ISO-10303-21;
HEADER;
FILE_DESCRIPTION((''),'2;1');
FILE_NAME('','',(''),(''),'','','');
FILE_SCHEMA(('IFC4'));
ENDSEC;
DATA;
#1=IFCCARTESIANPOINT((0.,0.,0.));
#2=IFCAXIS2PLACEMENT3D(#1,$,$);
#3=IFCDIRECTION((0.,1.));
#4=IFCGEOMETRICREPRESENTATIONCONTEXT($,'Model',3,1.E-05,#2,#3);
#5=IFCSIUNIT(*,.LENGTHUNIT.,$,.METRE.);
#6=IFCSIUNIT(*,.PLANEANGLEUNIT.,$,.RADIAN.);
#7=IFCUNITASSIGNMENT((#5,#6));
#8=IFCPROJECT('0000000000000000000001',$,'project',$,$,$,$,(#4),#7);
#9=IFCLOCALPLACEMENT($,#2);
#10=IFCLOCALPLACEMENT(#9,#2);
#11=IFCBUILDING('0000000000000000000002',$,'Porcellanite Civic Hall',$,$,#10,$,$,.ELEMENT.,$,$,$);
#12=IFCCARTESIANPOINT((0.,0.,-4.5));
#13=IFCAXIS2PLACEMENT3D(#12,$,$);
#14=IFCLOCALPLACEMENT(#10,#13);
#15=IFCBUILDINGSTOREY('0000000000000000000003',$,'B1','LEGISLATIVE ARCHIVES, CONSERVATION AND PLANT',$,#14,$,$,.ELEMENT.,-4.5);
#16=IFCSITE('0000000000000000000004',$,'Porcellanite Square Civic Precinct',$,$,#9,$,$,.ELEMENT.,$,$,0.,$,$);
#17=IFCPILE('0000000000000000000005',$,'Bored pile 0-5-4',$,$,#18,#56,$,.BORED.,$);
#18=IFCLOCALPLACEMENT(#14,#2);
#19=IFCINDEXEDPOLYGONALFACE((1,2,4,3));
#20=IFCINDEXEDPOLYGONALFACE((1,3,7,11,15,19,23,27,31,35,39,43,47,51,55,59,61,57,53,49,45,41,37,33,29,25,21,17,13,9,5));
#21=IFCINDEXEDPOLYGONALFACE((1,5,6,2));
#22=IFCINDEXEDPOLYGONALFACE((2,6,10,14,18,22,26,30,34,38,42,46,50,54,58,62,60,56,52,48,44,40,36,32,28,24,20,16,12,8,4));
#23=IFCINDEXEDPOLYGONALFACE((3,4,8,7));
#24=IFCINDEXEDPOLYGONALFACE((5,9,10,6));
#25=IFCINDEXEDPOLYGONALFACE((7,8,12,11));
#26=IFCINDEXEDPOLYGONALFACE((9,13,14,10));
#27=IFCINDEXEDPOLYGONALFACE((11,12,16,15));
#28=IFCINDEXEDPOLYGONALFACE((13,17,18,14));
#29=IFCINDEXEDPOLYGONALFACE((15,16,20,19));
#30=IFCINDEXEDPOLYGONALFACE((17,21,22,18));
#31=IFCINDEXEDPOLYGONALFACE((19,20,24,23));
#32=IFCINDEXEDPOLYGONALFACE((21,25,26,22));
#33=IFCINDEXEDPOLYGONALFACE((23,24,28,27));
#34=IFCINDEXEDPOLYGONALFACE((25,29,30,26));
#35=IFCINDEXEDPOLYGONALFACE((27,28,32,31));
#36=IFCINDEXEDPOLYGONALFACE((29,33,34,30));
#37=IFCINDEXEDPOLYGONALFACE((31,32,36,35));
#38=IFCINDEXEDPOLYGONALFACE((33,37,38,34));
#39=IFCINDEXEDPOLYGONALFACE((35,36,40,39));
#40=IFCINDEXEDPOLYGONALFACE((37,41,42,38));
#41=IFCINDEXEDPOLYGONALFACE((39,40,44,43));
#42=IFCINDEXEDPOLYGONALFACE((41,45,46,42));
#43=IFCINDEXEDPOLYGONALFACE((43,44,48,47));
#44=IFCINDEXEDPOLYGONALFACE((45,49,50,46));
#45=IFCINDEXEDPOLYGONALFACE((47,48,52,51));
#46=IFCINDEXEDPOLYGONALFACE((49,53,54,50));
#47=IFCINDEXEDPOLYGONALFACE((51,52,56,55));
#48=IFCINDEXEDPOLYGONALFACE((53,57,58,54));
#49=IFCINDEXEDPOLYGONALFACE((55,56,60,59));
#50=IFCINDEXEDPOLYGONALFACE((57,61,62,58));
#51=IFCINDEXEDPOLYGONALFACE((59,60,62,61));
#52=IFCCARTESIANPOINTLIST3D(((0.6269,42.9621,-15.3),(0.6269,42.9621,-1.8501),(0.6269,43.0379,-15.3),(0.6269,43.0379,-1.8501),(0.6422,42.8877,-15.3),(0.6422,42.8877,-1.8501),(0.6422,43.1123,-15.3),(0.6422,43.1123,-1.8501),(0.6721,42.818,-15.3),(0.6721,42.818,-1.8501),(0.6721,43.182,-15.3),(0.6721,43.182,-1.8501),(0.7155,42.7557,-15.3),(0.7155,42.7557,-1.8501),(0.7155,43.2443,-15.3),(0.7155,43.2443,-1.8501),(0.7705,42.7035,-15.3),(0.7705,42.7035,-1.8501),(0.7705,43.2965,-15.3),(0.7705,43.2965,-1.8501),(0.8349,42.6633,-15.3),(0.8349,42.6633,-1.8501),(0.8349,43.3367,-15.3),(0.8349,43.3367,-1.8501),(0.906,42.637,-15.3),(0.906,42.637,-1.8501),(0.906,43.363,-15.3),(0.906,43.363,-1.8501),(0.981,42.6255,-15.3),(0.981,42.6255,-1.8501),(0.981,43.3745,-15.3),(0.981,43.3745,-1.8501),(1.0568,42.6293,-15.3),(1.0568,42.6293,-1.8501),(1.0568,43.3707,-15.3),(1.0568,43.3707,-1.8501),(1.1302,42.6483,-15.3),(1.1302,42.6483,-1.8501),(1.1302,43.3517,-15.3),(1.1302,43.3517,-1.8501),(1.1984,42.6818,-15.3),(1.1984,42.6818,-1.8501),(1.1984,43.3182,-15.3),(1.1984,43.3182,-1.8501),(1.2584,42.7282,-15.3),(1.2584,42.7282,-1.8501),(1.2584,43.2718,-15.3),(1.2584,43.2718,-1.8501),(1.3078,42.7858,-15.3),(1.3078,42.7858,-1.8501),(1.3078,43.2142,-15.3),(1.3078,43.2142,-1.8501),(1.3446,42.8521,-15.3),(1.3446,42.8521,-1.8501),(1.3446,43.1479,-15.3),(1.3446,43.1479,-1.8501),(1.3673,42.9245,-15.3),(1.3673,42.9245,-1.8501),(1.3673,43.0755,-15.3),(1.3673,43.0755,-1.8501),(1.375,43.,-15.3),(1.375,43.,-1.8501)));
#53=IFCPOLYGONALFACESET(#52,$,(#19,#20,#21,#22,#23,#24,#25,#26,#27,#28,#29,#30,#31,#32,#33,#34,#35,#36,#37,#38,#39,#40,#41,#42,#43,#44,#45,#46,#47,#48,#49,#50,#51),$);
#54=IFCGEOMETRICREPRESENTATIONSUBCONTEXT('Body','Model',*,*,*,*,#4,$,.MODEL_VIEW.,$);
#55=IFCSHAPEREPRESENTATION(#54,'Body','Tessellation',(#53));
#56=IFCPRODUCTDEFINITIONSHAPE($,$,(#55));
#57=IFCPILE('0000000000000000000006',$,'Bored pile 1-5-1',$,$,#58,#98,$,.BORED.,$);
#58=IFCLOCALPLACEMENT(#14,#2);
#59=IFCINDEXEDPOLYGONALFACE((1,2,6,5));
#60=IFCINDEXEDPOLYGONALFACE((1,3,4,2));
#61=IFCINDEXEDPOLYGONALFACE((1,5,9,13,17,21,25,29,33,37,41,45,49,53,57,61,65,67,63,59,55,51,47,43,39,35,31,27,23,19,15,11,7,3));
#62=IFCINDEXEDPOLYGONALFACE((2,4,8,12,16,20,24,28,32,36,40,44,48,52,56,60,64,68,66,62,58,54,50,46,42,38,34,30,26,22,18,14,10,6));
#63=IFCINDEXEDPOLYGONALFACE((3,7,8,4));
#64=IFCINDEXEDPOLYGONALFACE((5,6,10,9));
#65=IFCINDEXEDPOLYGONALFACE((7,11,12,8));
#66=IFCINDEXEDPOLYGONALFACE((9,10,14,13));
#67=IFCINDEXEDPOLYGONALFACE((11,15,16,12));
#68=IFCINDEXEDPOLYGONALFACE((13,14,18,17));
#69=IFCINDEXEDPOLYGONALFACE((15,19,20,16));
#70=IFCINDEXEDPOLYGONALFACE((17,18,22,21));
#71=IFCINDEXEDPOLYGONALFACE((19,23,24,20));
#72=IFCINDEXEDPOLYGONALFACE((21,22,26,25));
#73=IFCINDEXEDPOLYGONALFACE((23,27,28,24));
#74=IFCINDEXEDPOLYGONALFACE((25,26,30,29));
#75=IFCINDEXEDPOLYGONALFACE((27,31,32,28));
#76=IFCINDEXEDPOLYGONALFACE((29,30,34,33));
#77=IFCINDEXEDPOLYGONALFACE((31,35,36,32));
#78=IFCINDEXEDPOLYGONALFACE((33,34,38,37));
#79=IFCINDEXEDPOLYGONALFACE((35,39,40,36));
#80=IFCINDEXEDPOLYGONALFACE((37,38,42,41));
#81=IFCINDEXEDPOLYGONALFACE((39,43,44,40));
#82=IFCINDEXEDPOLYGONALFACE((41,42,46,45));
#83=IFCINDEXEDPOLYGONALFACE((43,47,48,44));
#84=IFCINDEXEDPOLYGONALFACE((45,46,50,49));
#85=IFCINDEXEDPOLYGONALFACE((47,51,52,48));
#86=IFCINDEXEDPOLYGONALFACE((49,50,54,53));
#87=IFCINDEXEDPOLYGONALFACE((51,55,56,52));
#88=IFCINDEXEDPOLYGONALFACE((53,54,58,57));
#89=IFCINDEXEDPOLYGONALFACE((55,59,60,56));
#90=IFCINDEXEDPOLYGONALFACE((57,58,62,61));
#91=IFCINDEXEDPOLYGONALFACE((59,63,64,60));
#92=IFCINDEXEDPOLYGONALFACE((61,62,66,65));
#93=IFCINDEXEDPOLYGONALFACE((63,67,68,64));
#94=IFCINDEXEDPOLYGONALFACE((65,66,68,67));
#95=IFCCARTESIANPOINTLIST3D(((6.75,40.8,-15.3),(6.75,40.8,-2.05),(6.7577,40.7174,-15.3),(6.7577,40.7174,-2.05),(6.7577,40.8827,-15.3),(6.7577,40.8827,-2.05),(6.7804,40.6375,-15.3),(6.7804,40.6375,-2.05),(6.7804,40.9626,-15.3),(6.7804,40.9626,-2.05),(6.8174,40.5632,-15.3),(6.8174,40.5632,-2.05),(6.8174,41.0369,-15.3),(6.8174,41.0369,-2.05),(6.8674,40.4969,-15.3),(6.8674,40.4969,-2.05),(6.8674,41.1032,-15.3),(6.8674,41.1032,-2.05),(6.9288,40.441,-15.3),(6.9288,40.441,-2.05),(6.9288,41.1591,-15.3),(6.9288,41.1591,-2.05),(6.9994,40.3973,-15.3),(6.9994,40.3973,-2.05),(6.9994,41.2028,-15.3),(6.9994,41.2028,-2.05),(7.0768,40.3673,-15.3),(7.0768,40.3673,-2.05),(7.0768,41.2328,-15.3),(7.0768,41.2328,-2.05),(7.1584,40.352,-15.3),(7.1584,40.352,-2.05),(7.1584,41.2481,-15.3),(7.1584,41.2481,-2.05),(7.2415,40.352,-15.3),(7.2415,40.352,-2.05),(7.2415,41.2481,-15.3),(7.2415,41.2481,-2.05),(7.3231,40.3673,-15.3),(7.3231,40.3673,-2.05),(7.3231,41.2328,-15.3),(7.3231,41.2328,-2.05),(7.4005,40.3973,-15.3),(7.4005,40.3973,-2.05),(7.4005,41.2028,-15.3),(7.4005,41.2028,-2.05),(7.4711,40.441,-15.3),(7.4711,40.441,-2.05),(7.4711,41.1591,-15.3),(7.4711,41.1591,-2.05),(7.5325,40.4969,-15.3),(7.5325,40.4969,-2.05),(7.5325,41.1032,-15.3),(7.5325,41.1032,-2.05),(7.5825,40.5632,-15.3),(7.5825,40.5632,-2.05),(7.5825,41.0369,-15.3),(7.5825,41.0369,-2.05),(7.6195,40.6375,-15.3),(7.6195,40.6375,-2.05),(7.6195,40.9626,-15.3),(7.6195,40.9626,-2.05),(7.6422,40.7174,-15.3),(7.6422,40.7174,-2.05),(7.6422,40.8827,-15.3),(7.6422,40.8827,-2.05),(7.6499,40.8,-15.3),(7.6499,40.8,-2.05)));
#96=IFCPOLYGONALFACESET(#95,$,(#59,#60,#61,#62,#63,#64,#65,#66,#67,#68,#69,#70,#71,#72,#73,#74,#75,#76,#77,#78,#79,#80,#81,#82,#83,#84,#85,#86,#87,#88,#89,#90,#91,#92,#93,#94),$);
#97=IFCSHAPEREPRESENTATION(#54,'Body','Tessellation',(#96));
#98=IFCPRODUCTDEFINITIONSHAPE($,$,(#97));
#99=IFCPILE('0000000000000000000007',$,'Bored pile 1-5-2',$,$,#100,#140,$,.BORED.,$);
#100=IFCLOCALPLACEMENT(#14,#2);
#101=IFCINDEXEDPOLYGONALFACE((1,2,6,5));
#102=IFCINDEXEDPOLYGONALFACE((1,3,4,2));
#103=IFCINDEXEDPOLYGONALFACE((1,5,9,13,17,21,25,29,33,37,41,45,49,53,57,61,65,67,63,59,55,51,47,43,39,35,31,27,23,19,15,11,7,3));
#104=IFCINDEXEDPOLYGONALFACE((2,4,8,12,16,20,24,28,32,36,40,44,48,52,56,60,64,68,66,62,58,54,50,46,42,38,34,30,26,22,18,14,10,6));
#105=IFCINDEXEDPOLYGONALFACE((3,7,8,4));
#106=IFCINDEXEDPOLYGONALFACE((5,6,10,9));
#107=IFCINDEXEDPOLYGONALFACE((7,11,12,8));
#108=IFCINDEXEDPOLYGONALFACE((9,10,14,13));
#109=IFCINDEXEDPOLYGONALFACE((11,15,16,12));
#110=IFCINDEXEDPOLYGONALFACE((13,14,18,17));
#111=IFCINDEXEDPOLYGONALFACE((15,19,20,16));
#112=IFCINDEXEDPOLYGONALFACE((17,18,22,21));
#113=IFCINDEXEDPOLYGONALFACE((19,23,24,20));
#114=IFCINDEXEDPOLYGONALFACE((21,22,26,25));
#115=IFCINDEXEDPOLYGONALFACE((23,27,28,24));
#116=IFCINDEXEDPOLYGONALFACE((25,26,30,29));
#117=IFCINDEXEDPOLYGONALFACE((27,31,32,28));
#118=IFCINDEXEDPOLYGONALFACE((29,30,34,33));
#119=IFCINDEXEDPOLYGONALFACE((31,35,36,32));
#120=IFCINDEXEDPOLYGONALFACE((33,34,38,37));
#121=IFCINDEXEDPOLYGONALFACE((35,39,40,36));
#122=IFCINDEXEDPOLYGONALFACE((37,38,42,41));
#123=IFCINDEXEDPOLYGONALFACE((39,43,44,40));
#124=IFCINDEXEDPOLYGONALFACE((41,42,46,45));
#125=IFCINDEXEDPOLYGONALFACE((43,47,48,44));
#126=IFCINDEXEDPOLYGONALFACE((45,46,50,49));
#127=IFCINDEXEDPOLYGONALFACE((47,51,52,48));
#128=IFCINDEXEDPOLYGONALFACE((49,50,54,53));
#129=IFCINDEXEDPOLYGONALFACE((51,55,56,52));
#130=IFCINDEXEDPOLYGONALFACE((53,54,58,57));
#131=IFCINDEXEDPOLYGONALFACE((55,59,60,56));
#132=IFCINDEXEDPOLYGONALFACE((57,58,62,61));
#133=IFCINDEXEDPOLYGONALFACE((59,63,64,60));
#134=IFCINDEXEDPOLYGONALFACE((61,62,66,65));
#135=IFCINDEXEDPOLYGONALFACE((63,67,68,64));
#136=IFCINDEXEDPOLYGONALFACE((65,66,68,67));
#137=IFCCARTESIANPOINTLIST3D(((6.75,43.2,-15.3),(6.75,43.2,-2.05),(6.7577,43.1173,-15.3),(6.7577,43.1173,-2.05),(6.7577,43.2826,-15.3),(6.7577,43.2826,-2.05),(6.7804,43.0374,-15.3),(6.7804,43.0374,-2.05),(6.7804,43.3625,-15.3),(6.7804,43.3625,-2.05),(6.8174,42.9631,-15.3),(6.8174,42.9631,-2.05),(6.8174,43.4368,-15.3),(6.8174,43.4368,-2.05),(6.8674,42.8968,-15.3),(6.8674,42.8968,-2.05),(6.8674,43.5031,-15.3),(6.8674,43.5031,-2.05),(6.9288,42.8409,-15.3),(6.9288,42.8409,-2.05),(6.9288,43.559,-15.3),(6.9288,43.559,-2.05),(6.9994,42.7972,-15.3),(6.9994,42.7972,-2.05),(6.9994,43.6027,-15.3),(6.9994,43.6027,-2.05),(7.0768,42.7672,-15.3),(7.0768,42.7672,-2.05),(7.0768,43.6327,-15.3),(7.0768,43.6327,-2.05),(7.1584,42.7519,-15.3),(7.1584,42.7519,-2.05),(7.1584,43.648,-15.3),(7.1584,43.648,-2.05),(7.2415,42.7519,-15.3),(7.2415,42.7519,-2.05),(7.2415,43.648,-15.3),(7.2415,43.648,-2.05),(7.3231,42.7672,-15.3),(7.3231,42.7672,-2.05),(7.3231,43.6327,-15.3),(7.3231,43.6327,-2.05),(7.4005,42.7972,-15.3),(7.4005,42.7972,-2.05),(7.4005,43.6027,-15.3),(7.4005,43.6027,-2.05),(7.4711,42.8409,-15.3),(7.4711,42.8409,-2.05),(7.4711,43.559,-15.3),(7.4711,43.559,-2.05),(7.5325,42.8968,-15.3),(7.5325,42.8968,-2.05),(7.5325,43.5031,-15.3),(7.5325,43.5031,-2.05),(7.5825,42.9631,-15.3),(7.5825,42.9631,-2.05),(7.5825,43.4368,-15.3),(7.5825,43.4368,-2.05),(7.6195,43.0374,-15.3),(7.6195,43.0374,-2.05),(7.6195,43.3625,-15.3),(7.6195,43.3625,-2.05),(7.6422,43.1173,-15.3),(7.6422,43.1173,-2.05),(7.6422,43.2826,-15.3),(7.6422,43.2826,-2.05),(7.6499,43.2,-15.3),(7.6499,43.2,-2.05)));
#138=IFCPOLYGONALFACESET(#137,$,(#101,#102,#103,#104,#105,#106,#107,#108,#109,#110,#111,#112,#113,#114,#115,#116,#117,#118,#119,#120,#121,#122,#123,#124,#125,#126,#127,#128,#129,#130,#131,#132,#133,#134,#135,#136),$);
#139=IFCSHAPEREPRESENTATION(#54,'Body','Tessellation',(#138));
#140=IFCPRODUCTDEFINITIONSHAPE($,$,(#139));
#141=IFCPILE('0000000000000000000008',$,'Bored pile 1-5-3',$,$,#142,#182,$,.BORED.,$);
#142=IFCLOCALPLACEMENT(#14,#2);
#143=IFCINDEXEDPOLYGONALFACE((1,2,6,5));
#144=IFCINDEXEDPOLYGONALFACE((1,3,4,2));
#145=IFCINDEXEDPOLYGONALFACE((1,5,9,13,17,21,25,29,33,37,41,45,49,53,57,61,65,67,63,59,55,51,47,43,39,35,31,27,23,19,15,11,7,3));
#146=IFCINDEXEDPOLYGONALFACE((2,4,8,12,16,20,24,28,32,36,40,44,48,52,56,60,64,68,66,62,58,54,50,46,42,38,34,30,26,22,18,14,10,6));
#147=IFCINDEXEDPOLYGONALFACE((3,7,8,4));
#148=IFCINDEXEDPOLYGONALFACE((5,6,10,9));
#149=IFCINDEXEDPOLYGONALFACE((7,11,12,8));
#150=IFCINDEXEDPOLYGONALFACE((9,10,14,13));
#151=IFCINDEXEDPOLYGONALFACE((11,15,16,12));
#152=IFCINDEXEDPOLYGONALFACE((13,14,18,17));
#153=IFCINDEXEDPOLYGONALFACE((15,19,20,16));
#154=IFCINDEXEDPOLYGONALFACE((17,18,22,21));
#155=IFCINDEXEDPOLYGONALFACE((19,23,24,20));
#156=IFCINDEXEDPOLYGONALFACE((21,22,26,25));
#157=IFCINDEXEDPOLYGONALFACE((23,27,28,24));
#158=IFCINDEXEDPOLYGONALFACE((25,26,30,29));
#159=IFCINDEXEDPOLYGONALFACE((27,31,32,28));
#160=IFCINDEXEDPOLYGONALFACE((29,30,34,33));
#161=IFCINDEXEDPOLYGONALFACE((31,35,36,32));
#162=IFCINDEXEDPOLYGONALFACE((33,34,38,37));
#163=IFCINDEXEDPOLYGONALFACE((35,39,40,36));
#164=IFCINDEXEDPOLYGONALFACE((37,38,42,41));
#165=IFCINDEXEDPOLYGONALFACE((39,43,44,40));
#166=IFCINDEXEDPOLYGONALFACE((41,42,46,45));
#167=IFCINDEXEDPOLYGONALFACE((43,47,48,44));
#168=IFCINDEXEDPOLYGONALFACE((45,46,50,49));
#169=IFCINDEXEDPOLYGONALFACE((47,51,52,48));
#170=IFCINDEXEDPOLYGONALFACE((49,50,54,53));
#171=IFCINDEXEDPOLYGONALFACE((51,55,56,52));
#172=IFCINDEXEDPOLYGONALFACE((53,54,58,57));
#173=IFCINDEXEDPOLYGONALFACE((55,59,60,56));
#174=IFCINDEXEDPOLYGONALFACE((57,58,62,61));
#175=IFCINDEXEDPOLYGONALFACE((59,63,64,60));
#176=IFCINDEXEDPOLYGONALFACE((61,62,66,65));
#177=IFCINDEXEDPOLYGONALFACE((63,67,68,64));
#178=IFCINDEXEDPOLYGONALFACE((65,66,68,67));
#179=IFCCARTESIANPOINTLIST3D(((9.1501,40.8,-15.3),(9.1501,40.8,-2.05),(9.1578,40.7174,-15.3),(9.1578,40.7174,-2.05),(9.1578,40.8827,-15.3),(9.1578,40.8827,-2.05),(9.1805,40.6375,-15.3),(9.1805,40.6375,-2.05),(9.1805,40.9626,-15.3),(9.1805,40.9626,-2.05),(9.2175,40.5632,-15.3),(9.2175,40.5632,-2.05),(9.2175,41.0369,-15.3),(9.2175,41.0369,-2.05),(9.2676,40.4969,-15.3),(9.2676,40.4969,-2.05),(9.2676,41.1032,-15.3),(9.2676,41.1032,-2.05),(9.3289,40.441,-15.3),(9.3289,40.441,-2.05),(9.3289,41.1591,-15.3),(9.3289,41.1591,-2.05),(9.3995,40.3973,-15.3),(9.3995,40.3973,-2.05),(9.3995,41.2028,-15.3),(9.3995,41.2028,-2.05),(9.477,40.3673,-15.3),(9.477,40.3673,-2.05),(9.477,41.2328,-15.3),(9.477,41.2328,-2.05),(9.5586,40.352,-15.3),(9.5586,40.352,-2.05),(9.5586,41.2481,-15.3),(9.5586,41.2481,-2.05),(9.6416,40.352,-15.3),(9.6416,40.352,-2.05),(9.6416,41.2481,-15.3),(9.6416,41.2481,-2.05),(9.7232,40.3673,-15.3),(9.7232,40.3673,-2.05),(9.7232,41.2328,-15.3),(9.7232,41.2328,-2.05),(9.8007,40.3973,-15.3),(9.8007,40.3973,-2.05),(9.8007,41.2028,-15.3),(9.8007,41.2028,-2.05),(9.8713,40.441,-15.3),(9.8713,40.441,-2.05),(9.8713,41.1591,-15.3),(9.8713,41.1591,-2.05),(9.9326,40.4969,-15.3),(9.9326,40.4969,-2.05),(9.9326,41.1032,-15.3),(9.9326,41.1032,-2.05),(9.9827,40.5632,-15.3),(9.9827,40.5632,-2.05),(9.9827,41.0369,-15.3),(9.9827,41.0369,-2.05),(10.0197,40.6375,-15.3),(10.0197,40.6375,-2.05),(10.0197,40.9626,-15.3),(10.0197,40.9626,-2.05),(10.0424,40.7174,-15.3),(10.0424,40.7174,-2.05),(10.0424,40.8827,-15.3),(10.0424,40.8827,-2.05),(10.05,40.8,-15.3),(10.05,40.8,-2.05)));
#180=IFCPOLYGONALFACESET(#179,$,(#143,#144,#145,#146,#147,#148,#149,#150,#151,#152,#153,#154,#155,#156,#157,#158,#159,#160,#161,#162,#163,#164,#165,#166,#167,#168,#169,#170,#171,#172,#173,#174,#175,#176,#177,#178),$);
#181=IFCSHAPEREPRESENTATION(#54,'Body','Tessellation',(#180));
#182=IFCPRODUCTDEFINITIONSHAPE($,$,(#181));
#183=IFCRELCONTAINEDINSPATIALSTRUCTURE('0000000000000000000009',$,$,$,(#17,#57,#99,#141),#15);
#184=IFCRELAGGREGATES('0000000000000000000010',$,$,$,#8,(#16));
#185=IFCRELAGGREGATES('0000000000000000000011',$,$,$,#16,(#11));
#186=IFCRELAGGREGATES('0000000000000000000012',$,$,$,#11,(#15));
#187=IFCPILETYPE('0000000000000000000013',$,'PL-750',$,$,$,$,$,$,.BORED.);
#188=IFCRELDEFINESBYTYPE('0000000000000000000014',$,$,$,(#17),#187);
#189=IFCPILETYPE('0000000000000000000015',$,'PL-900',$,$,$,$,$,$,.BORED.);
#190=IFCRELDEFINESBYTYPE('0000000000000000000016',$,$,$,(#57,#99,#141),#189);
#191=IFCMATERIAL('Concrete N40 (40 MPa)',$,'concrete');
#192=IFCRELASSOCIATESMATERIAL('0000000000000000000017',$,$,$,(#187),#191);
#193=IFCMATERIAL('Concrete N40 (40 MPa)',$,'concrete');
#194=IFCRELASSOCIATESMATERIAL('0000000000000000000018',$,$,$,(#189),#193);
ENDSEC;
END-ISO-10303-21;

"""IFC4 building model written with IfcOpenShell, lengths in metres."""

from ifc_helpers import new_model, si_unit, direction, frame, origin, origin_2d, place, context, subcontext, project, spatial, circle, extrude, material, material_profile, profile_set, type_object, element, save


model = new_model("IFC4")

# Units and contexts
model_context = context("Model", 3, precision=1e-05, world=origin(), true_north=direction((0.0, 1.0)))
body_context = subcontext(model_context, "Body", "Model", "MODEL_VIEW")
ifc_project = project(units=[si_unit("LENGTHUNIT", "METRE"), si_unit("PLANEANGLEUNIT", "RADIAN")], contexts=[model_context])

# Site, building, storey
site_placement = place(None, origin())
site = spatial("IfcSite", under=ifc_project, at=site_placement, Name="Porcellanite Square Civic Precinct", CompositionType="ELEMENT", RefElevation=0.0)
building_placement = place(site_placement, origin())
building = spatial("IfcBuilding", under=site, at=building_placement, Name="Porcellanite Civic Hall", CompositionType="ELEMENT")
storey_placement = place(building_placement, frame((0.0, 0.0, -4.5)))
storey = spatial("IfcBuildingStorey", under=building, at=storey_placement, Name="B1", Description="LEGISLATIVE ARCHIVES, CONSERVATION AND PLANT", CompositionType="ELEMENT", Elevation=-4.5)

# Piles
ifc_material_1 = material(Name="Concrete N40 (40 MPa)", Category="concrete")
ifc_material_profile_1 = material_profile(ifc_material_1, circle(Radius=0.375, at=origin_2d()), Name="PILE-D750")
ifc_profile_set_1 = profile_set([ifc_material_profile_1], Name="Concrete N40 (40 MPa)")
pile_type_1 = type_object("IfcPileType", Name="PL-750", PredefinedType="BORED", material=ifc_profile_set_1)
for number, where, z_axis, x_axis, name in (
    (1, (1.0, 43.0, -1.8501), (0.0, 0.0, -1.0), (1.0, 0.0, 0.0), "Bored pile 0-5-4"),
):
    element("IfcPile", number, at=place(storey_placement, frame(where, z_axis=z_axis, x_axis=x_axis)), inside=storey, type_object=pile_type_1, Name=name, PredefinedType="BORED", context=body_context, shape_type="SweptSolid", body=[
        extrude(circle(Radius=0.375, at=origin_2d()), origin(), (0.0, 0.0, 1.0), 13.45),
    ])
ifc_material_2 = material(Name="Concrete N40 (40 MPa)", Category="concrete")
ifc_material_profile_2 = material_profile(ifc_material_2, circle(Radius=0.45, at=origin_2d()), Name="PILE-D900")
ifc_profile_set_2 = profile_set([ifc_material_profile_2], Name="Concrete N40 (40 MPa)")
pile_type_2 = type_object("IfcPileType", Name="PL-900", PredefinedType="BORED", material=ifc_profile_set_2)
for number, where, z_axis, x_axis, name in (
    (2, (7.2, 40.8, -2.05), (0.0, 0.0, -1.0), (1.0, 0.0, 0.0), "Bored pile 1-5-1"),
    (3, (7.2, 43.2, -2.05), (0.0, 0.0, -1.0), (1.0, 0.0, 0.0), "Bored pile 1-5-2"),
    (4, (9.6001, 40.8, -2.05), (0.0, 0.0, -1.0), (1.0, 0.0, 0.0), "Bored pile 1-5-3"),
):
    element("IfcPile", number, at=place(storey_placement, frame(where, z_axis=z_axis, x_axis=x_axis)), inside=storey, type_object=pile_type_2, Name=name, PredefinedType="BORED", context=body_context, shape_type="SweptSolid", body=[
        extrude(circle(Radius=0.45, at=origin_2d()), origin(), (0.0, 0.0, 1.0), 13.25),
    ])

save(model, "model.ifc")
